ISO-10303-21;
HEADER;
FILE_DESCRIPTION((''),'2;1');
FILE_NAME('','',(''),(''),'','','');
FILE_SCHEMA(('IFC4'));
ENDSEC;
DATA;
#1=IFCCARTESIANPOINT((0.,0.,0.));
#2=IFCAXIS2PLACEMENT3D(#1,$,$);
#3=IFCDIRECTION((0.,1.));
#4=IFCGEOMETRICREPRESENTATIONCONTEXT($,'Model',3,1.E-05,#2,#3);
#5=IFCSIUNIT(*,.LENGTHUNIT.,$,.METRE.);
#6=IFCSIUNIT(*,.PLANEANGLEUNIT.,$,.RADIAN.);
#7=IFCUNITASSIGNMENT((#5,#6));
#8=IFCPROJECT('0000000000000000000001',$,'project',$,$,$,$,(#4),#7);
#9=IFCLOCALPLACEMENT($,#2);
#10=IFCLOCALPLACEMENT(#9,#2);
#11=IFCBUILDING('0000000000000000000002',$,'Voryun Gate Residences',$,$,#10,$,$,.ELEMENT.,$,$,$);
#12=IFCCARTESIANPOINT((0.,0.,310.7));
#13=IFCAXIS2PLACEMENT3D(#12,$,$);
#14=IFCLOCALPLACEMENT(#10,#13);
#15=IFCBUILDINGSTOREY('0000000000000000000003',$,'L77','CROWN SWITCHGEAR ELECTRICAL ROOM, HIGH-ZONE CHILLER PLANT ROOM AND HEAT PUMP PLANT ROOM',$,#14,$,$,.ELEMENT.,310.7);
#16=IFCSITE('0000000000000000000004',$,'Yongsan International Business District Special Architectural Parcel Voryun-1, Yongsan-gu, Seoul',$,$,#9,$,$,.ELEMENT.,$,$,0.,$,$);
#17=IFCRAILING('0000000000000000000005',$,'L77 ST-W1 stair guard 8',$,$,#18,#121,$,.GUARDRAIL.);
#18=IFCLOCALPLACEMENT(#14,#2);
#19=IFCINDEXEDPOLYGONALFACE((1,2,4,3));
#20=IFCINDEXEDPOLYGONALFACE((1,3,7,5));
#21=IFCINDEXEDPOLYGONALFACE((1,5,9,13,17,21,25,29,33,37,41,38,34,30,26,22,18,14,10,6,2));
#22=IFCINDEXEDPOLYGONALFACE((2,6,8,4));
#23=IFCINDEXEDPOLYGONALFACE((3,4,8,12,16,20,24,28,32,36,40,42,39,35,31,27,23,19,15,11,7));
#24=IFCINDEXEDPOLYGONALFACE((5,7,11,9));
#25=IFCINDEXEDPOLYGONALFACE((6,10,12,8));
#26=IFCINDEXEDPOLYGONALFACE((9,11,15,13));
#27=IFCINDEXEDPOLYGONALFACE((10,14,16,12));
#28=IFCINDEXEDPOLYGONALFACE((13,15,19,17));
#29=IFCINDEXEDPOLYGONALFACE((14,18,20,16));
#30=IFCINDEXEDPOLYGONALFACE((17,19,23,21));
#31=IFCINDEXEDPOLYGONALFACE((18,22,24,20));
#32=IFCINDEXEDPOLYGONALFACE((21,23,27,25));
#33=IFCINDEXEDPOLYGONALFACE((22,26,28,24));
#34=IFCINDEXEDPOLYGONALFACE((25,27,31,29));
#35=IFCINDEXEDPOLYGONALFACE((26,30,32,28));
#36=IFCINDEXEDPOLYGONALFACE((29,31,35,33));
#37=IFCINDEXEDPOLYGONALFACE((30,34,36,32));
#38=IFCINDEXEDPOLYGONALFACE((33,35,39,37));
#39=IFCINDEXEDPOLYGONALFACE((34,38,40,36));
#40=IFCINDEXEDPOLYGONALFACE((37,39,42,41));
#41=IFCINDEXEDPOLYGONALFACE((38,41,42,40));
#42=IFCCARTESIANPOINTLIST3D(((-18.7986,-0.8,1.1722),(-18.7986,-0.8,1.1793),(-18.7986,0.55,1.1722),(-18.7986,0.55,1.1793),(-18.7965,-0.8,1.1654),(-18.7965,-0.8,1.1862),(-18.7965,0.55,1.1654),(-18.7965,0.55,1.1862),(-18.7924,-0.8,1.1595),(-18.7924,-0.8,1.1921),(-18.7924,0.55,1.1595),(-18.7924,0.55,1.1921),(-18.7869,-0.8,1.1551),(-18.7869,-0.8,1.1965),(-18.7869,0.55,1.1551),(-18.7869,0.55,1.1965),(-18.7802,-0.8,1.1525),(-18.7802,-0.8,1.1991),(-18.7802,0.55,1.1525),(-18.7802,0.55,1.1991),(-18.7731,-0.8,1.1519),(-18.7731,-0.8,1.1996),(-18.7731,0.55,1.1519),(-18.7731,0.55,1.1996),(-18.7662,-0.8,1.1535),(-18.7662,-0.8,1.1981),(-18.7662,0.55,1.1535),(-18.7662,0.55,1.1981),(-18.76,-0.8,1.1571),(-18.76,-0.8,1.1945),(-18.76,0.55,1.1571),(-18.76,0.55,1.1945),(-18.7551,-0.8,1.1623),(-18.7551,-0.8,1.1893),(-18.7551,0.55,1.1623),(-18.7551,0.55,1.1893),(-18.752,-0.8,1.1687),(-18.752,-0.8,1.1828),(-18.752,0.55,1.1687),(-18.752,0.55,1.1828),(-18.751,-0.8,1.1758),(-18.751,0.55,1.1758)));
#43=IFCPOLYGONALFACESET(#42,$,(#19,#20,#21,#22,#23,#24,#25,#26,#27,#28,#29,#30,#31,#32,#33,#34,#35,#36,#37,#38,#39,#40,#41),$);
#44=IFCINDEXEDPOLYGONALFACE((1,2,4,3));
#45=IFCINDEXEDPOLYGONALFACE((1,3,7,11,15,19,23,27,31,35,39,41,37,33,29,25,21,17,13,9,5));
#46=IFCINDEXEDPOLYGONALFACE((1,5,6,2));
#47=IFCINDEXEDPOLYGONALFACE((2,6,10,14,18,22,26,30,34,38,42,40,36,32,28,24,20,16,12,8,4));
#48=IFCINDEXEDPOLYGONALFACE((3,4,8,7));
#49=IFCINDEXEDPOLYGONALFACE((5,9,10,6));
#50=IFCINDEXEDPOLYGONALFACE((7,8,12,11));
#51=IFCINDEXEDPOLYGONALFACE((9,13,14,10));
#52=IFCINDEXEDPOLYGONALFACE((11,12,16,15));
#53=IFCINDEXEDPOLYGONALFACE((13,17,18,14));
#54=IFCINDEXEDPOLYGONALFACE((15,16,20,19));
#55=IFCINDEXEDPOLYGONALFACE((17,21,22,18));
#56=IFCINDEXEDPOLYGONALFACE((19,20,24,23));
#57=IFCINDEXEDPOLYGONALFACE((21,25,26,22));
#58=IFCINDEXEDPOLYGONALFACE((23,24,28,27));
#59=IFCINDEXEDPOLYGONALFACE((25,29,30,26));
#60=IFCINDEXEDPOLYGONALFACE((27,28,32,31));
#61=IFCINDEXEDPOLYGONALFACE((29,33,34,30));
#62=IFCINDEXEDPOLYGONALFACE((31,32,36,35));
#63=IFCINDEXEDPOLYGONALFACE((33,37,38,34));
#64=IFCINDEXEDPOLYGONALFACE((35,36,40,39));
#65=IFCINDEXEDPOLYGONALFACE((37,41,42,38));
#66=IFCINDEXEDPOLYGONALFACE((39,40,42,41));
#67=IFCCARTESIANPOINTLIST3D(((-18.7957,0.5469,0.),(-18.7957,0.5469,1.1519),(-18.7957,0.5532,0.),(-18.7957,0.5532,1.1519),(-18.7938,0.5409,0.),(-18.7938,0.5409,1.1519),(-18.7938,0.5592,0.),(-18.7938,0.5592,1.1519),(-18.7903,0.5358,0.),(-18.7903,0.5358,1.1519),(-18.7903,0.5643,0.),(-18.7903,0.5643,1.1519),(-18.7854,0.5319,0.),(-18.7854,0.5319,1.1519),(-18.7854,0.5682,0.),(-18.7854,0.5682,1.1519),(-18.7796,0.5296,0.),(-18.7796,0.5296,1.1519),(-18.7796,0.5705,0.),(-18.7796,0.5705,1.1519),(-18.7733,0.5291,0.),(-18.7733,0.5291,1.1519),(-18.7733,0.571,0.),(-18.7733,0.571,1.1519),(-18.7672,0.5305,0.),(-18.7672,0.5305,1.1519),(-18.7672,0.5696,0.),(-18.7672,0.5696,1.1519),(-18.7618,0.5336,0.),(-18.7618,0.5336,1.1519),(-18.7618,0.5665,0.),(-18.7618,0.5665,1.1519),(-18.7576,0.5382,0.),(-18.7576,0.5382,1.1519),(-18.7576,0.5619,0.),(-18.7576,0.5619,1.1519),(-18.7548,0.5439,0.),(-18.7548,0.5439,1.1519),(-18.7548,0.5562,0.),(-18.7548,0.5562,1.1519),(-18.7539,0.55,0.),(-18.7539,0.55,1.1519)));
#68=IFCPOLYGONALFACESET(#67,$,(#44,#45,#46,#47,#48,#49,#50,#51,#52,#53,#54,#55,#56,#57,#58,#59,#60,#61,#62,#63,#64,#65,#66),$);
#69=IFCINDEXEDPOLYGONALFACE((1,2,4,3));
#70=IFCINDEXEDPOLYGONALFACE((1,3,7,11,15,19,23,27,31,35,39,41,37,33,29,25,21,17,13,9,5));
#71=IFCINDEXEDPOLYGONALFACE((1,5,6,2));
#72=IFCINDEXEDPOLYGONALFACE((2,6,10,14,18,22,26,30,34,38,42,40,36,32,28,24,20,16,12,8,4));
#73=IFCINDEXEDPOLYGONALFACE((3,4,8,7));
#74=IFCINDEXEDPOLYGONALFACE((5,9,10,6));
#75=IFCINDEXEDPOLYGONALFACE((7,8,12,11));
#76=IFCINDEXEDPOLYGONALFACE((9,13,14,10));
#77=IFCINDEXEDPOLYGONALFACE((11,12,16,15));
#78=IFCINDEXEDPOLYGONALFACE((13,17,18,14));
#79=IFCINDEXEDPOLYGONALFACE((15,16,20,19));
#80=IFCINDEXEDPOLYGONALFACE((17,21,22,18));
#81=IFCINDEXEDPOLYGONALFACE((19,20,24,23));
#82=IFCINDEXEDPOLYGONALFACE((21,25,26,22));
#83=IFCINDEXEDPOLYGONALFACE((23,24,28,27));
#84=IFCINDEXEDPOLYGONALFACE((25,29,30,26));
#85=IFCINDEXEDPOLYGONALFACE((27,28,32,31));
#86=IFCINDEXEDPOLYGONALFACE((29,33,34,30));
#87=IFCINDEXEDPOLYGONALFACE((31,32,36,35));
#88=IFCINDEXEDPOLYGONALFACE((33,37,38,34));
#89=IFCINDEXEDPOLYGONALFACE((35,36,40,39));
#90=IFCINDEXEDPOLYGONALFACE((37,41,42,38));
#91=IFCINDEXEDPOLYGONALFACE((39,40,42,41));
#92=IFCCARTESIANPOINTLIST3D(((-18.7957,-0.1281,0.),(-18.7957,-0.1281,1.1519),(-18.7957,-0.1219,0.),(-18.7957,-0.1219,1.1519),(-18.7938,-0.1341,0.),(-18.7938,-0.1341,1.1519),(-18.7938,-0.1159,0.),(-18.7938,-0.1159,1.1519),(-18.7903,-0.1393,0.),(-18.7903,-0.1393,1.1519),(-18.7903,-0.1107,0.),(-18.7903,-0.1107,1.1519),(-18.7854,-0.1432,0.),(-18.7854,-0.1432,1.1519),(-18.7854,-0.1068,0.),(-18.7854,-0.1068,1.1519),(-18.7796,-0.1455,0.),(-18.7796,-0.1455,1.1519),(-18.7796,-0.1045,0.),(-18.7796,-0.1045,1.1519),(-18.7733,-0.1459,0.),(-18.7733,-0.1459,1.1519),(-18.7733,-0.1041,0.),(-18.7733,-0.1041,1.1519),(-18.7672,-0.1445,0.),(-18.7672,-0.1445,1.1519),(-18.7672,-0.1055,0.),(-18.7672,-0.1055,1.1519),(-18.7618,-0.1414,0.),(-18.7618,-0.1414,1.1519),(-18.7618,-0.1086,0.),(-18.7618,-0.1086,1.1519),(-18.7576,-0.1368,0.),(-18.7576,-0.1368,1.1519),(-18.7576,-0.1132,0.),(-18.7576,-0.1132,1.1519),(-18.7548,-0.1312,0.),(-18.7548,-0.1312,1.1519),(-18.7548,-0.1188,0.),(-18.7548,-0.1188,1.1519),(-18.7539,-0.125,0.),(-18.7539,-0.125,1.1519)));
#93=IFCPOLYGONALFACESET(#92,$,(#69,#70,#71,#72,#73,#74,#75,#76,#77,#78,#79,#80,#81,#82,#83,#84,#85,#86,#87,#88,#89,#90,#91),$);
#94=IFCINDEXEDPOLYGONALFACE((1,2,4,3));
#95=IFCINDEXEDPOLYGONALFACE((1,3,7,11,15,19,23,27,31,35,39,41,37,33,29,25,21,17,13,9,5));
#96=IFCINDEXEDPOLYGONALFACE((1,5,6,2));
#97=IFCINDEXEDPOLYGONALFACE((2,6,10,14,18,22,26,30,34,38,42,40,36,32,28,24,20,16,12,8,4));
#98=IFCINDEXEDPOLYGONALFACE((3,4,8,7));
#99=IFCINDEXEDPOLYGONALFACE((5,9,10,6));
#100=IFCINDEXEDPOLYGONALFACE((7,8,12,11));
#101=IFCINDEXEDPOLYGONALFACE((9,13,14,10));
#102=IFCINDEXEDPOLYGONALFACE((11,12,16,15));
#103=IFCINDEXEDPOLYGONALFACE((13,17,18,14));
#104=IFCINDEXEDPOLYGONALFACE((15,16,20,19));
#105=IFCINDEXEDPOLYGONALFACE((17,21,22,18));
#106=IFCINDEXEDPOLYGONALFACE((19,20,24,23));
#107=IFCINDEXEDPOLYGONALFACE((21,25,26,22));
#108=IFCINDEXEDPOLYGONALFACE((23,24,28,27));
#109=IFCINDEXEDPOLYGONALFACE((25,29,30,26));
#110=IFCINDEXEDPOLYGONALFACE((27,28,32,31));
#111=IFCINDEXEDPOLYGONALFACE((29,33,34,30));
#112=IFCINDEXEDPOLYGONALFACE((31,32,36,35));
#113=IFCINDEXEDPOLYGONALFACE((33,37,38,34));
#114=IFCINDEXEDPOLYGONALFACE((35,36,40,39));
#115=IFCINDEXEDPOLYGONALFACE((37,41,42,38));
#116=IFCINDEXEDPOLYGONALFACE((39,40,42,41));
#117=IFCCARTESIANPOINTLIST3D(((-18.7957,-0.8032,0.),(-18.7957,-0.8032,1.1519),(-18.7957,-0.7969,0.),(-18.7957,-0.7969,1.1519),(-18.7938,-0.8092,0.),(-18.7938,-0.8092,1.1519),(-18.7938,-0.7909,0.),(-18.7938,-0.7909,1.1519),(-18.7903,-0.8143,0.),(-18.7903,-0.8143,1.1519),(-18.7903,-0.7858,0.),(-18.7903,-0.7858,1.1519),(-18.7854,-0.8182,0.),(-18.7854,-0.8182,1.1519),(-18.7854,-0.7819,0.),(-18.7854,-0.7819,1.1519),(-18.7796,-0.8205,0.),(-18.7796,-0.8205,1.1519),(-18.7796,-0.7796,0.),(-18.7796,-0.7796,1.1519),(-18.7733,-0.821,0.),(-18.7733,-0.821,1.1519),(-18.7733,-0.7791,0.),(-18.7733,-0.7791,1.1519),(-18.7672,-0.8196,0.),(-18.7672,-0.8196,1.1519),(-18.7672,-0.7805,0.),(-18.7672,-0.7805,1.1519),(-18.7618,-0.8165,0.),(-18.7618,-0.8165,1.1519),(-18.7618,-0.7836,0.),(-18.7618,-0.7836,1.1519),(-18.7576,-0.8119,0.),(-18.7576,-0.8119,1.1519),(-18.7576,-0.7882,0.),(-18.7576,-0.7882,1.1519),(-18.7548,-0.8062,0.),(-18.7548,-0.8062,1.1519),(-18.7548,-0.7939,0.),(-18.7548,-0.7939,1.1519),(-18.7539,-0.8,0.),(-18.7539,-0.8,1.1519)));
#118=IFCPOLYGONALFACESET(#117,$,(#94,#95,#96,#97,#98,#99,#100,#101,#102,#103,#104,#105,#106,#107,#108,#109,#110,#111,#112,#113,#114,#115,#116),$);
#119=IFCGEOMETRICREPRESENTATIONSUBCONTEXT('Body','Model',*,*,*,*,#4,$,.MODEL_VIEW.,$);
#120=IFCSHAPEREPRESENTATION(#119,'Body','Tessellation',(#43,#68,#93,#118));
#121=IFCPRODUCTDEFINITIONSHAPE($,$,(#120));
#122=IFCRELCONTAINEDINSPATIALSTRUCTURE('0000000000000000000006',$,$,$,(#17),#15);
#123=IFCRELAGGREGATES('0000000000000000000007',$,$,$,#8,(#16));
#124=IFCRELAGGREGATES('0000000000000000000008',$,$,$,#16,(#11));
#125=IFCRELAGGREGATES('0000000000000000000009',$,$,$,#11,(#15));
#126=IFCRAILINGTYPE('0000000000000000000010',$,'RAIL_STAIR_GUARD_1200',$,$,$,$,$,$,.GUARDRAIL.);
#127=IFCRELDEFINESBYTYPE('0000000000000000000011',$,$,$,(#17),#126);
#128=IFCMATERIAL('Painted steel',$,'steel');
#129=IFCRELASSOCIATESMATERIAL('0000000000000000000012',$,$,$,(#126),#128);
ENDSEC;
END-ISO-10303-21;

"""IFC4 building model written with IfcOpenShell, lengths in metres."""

from ifc_helpers import new_model, si_unit, direction, frame, origin, origin_2d, place, context, subcontext, project, spatial, circle, extrude, material, type_object, element, save


model = new_model("IFC4")

# Units and contexts
model_context = context("Model", 3, precision=1e-05, world=origin(), true_north=direction((0.0, 1.0)))
body_context = subcontext(model_context, "Body", "Model", "MODEL_VIEW")
ifc_project = project(units=[si_unit("LENGTHUNIT", "METRE"), si_unit("PLANEANGLEUNIT", "RADIAN")], contexts=[model_context])

# Site, building, storey
site_placement = place(None, origin())
site = spatial("IfcSite", under=ifc_project, at=site_placement, Name="Yongsan International Business District Special Architectural Parcel Voryun-1, Yongsan-gu, Seoul", CompositionType="ELEMENT", RefElevation=0.0)
building_placement = place(site_placement, origin())
building = spatial("IfcBuilding", under=site, at=building_placement, Name="Voryun Gate Residences", CompositionType="ELEMENT")
storey_placement = place(building_placement, frame((0.0, 0.0, 310.7)))
storey = spatial("IfcBuildingStorey", under=building, at=storey_placement, Name="L77", Description="CROWN SWITCHGEAR ELECTRICAL ROOM, HIGH-ZONE CHILLER PLANT ROOM AND HEAT PUMP PLANT ROOM", CompositionType="ELEMENT", Elevation=310.7)

# Railing
ifc_material_1 = material(Name="Painted steel", Category="steel")
railing_type = type_object("IfcRailingType", Name="RAIL_STAIR_GUARD_1200", PredefinedType="GUARDRAIL", material=ifc_material_1)
railing_placement = place(storey_placement, frame((-18.7749, 0.55, 0.0)))
element("IfcRailing", 1, at=railing_placement, inside=storey, type_object=railing_type, Name="L77 ST-W1 stair guard 8", PredefinedType="GUARDRAIL", context=body_context, shape_type="SweptSolid", body=[
    extrude(circle(Radius=0.0239, at=origin_2d()), frame((0.0, 0.0, 1.1758), z_axis=(0.0, -1.0, 0.0), x_axis=(1.0, 0.0, 0.0)), (0.0, 0.0, 1.0), 1.3501),
    extrude(circle(Radius=0.021, at=origin_2d()), origin(), (0.0, 0.0, 1.0), 1.1519),
    extrude(circle(Radius=0.021, at=origin_2d()), frame((0.0, -0.675, 0.0)), (0.0, 0.0, 1.0), 1.1519),
    extrude(circle(Radius=0.021, at=origin_2d()), frame((0.0, -1.3501, 0.0)), (0.0, 0.0, 1.0), 1.1519),
])

save(model, "model.ifc")
